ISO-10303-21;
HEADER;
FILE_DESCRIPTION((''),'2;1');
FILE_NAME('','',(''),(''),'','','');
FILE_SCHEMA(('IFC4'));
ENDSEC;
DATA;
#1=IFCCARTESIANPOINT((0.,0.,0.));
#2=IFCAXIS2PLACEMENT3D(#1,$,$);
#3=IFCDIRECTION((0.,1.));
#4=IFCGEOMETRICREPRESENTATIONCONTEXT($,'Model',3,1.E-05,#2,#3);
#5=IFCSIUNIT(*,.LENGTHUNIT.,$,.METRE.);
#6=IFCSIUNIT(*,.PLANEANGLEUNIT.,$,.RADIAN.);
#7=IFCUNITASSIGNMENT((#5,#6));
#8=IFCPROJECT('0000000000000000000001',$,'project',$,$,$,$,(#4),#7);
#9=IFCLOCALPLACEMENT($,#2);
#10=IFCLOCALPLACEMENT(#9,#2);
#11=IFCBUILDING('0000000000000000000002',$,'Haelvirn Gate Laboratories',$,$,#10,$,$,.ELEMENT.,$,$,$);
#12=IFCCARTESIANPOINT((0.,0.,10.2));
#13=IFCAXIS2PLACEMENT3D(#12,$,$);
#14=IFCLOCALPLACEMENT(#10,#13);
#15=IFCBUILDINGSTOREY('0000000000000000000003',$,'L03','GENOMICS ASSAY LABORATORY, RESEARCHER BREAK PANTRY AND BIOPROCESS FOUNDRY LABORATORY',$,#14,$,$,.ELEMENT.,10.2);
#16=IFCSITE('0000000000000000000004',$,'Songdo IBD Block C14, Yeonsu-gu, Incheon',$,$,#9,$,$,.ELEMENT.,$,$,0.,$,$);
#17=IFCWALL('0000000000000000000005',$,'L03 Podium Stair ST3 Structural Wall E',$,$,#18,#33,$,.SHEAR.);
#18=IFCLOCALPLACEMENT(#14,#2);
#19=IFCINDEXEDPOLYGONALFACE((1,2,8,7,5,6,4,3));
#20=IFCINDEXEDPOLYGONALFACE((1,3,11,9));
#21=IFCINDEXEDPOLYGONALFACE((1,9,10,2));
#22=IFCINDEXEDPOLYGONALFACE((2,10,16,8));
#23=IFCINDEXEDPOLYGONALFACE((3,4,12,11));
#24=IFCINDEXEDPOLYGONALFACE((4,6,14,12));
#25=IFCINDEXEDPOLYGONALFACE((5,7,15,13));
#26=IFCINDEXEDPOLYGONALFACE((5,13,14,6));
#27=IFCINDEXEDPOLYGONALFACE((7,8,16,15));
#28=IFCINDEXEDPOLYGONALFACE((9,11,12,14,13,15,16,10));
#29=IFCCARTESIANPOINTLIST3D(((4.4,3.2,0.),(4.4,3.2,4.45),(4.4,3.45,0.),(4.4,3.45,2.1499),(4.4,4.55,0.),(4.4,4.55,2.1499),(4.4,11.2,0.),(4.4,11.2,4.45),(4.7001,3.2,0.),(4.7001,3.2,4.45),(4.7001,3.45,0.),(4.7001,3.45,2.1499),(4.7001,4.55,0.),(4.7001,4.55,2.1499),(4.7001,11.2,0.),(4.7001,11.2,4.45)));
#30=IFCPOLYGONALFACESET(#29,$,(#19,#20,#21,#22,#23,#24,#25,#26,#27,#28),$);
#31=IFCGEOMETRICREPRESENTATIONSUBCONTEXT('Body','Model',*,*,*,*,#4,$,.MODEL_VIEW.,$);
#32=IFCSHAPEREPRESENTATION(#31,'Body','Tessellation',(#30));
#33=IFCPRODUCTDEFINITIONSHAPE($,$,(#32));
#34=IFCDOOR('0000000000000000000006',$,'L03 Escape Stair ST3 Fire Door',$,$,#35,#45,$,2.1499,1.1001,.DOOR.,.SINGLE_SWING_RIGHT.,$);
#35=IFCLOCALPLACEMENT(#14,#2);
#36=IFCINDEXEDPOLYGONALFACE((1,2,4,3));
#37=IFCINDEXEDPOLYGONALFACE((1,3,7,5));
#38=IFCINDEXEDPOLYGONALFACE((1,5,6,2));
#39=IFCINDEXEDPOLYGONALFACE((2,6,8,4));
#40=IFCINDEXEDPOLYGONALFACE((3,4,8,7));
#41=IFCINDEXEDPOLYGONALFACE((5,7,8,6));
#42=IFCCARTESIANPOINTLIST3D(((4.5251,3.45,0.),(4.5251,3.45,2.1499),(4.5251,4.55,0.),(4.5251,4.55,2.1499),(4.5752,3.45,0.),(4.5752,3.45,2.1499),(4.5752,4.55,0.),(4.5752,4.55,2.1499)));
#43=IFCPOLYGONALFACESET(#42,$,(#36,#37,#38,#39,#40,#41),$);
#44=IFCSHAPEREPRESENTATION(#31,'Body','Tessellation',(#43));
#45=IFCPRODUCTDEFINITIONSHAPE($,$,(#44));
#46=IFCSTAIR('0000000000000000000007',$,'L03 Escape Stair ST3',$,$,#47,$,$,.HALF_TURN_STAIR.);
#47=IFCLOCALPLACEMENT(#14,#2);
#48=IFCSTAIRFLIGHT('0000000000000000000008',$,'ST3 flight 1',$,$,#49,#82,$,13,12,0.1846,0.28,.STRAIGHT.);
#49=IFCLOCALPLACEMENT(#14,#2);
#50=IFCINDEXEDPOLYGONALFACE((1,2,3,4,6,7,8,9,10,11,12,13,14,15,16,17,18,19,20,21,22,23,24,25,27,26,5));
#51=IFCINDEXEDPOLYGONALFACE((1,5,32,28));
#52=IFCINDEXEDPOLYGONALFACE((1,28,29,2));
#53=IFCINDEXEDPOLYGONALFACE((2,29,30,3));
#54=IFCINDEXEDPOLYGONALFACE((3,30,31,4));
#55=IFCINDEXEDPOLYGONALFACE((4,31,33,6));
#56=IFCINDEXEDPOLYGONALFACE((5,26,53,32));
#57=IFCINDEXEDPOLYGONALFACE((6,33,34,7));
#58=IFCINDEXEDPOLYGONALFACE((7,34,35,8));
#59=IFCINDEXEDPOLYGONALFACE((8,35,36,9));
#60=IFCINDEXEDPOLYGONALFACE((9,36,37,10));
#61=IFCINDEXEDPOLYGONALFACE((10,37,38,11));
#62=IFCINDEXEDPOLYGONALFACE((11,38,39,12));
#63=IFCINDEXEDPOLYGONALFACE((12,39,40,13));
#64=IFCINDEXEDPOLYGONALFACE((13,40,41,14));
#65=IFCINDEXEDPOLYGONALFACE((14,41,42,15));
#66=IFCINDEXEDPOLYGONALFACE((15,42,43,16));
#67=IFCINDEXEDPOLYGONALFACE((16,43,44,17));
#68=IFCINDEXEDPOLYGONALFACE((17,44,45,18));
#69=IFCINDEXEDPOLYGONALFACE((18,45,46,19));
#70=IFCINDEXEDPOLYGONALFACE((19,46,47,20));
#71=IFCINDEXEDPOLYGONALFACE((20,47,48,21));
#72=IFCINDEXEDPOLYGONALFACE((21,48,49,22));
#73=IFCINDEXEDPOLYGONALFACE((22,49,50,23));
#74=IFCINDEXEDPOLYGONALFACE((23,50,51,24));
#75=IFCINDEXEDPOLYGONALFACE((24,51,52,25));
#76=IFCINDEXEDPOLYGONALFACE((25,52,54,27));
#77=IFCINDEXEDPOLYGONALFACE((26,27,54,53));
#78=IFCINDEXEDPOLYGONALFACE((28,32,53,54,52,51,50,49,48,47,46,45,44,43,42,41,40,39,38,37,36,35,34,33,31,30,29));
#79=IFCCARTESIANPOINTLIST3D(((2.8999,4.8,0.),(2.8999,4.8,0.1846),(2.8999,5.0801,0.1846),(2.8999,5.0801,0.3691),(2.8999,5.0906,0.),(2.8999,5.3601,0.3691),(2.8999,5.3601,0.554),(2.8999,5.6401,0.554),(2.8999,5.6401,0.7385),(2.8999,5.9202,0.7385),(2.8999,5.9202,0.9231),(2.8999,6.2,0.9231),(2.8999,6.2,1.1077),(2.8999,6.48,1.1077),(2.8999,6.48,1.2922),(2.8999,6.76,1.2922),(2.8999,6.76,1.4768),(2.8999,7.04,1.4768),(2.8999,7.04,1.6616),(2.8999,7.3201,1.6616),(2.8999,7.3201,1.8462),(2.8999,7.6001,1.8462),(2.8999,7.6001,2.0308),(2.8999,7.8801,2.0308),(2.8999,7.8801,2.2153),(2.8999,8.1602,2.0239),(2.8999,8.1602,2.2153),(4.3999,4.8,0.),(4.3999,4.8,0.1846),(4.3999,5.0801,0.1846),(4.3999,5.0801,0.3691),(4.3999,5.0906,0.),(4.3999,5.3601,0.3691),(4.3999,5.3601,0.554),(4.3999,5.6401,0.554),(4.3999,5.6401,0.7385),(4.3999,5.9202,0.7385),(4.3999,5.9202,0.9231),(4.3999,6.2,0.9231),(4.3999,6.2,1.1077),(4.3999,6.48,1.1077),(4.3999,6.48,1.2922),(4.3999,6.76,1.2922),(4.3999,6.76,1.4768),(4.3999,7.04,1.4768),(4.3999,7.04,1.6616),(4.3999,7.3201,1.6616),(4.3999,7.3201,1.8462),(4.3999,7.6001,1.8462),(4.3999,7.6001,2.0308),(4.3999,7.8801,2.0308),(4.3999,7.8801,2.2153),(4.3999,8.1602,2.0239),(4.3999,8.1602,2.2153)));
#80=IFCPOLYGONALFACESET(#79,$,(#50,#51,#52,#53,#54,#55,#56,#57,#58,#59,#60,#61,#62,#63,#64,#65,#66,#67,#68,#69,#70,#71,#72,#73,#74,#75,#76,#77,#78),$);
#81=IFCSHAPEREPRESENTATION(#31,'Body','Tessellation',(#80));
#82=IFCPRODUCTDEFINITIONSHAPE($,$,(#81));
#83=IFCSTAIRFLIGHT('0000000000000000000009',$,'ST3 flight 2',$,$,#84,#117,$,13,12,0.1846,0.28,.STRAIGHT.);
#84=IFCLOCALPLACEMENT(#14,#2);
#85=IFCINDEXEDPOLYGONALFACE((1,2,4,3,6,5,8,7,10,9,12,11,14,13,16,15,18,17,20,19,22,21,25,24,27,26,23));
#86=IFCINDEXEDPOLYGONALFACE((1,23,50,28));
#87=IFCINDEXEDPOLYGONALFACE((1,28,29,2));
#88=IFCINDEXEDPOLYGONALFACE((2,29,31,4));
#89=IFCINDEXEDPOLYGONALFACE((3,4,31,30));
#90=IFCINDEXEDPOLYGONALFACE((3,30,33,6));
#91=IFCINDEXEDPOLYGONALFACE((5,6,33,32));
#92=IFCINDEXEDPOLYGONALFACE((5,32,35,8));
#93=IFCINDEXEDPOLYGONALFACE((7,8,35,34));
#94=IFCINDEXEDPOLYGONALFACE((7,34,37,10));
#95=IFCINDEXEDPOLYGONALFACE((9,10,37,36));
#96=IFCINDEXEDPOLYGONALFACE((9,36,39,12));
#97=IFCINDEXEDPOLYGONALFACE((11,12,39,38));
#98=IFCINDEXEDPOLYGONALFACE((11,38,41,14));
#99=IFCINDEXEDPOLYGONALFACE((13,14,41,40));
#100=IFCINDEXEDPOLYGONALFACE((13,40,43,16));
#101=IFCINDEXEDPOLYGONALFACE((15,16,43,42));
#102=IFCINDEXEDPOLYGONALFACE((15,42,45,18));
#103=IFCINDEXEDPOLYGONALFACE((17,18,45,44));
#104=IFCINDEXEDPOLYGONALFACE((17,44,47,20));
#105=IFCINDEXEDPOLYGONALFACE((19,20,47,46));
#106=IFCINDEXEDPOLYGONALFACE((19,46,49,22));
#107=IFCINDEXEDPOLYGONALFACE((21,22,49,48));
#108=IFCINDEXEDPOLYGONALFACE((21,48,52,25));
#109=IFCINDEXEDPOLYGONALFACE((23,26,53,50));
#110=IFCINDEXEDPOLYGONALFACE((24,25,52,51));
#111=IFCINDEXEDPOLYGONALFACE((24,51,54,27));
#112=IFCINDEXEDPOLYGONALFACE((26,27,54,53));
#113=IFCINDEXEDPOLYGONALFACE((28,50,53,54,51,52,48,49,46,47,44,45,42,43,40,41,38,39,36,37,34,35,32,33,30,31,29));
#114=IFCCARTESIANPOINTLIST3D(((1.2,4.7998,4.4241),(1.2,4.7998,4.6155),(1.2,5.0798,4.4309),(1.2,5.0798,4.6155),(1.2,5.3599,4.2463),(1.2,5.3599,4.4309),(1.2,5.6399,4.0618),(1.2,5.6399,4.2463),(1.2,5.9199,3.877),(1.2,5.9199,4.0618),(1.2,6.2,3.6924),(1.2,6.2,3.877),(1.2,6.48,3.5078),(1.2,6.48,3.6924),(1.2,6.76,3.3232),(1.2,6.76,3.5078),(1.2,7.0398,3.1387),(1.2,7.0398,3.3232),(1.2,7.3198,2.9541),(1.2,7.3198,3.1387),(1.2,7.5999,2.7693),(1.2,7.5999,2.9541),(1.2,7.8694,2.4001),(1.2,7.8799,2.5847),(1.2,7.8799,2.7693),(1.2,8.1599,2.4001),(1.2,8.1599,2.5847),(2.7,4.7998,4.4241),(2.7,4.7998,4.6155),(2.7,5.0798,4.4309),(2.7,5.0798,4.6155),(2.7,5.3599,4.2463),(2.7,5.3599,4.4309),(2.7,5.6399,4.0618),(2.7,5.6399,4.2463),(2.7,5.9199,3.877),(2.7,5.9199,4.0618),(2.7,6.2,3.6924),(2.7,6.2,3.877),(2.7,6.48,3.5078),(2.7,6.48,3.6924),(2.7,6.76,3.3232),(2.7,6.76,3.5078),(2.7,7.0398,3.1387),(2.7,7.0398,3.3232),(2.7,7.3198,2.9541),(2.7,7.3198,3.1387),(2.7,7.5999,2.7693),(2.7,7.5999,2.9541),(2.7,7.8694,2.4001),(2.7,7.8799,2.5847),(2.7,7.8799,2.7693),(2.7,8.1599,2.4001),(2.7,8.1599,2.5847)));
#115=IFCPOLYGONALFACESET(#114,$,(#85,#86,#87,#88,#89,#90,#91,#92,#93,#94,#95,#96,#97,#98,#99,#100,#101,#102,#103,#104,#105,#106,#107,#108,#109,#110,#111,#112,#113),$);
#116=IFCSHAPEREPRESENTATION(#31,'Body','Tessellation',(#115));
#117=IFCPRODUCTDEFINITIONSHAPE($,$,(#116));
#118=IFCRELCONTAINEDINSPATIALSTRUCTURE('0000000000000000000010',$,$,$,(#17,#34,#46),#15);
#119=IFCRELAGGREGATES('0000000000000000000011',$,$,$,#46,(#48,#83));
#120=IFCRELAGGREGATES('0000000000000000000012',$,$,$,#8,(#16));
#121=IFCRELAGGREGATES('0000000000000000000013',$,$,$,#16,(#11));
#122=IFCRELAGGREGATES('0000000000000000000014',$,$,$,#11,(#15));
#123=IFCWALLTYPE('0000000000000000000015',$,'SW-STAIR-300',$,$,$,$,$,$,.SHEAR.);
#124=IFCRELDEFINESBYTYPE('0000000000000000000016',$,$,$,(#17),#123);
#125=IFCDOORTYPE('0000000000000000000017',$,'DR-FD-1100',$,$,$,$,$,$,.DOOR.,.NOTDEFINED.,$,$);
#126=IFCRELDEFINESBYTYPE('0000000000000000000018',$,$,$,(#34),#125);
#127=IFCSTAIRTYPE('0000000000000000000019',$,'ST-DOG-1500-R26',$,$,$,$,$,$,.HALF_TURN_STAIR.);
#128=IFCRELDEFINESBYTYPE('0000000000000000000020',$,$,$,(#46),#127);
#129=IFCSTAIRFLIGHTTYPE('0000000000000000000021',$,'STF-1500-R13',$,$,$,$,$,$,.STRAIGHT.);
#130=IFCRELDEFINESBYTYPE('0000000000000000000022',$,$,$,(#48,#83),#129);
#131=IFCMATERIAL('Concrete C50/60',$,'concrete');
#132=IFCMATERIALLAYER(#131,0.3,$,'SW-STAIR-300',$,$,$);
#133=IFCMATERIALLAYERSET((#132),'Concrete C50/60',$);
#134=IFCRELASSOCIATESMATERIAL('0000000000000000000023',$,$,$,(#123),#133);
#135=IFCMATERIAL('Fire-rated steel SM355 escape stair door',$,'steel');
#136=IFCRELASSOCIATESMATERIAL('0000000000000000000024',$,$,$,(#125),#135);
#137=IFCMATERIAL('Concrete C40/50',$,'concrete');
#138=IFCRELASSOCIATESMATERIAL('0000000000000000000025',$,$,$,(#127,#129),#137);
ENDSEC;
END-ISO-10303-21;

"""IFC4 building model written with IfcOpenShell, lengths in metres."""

from ifc_helpers import new_model, si_unit, direction, frame, frame_2d, origin, place, context, subcontext, project, spatial, polyline, rectangle, outline, extrude, source, transform, mapped, material, layer, layer_set, type_object, type_shapes, element, fill, aggregate, save


model = new_model("IFC4")

# Units and contexts
model_context = context("Model", 3, precision=1e-05, world=origin(), true_north=direction((0.0, 1.0)))
body_context = subcontext(model_context, "Body", "Model", "MODEL_VIEW")
ifc_project = project(units=[si_unit("LENGTHUNIT", "METRE"), si_unit("PLANEANGLEUNIT", "RADIAN")], contexts=[model_context])

# Site, building, storey
site_placement = place(None, origin())
site = spatial("IfcSite", under=ifc_project, at=site_placement, Name="Songdo IBD Block C14, Yeonsu-gu, Incheon", CompositionType="ELEMENT", RefElevation=0.0)
building_placement = place(site_placement, origin())
building = spatial("IfcBuilding", under=site, at=building_placement, Name="Haelvirn Gate Laboratories", CompositionType="ELEMENT")
storey_placement = place(building_placement, frame((0.0, 0.0, 10.2)))
storey = spatial("IfcBuildingStorey", under=building, at=storey_placement, Name="L03", Description="GENOMICS ASSAY LABORATORY, RESEARCHER BREAK PANTRY AND BIOPROCESS FOUNDRY LABORATORY", CompositionType="ELEMENT", Elevation=10.2)

# Shared definitions
ifc_material_1 = material(Name="Concrete C50/60", Category="concrete")
ifc_layer_1 = layer(ifc_material_1, 0.3, Name="SW-STAIR-300")
ifc_layer_set_1 = layer_set([ifc_layer_1], Name="Concrete C50/60")
wall_type = type_object("IfcWallType", Name="SW-STAIR-300", PredefinedType="SHEAR", material=ifc_layer_set_1)

# Wall, opening, door
wall_1_placement = place(storey_placement, frame((4.55, 3.2, 0.0), z_axis=(0.0, 0.0, 1.0), x_axis=(0.0, 1.0, 0.0)))
wall_1 = element("IfcWall", 1, at=wall_1_placement, inside=storey, type_object=wall_type, Name="L03 Podium Stair ST3 Structural Wall E", PredefinedType="SHEAR", context=body_context, shape_type="SweptSolid", body=[
    extrude(rectangle(XDim=8.0, YDim=0.3, at=frame_2d((4.0, 0.0))), origin(), (0.0, 0.0, 1.0), 4.45),
])
opening_placement = place(wall_1_placement, frame((0.25, 0.0, 0.0)))
opening = element("IfcOpeningElement", 2, at=opening_placement, cuts=wall_1, PredefinedType="OPENING", context=body_context, shape_type="SweptSolid", body=[
    extrude(rectangle(XDim=1.1001, YDim=2.1499, at=frame_2d((0.55, 1.075))), frame((0.0, 0.1602, 0.0), z_axis=(0.0, -1.0, 0.0), x_axis=(1.0, 0.0, 0.0)), (0.0, 0.0, 1.0), 0.3201),
])
ifc_material_2 = material(Name="Fire-rated steel SM355 escape stair door", Category="steel")
door_type = type_object("IfcDoorType", Name="DR-FD-1100", OperationType="NOTDEFINED", PredefinedType="DOOR", material=ifc_material_2)
shared_shape_1 = source(origin(), body_context, "Body", "SweptSolid", [
    extrude(rectangle(XDim=1.1001, YDim=2.1499, at=frame_2d((0.55, 1.075))), frame((0.0, 0.0249, 0.0), z_axis=(0.0, -1.0, 0.0), x_axis=(1.0, 0.0, 0.0)), (0.0, 0.0, 1.0), 0.05),
])
type_shapes(door_type, [shared_shape_1])
door_placement = place(opening_placement, origin())
door = element("IfcDoor", 3, at=door_placement, inside=storey, type_object=door_type, Name="L03 Escape Stair ST3 Fire Door", OperationType="SINGLE_SWING_RIGHT", OverallHeight=2.1499, OverallWidth=1.1001, PredefinedType="DOOR", context=body_context, shape_type="MappedRepresentation", body=[
    mapped(shared_shape_1, transform((0.0, 0.0, 0.0), scale=1.0)),
])
fill(opening, door)

# Stair, stair flights
ifc_material_3 = material(Name="Concrete C40/50", Category="concrete")
stair_type = type_object("IfcStairType", Name="ST-DOG-1500-R26", PredefinedType="HALF_TURN_STAIR", material=ifc_material_3)
stair_placement = place(storey_placement, origin())
stair = element("IfcStair", 4, at=stair_placement, inside=storey, type_object=stair_type, Name="L03 Escape Stair ST3", PredefinedType="HALF_TURN_STAIR")
stair_flight_type = type_object("IfcStairFlightType", Name="STF-1500-R13", PredefinedType="STRAIGHT", material=ifc_material_3)
shared_shape_2 = source(origin(), body_context, "Body", "SweptSolid", [
    extrude(outline(polyline([(0.0, 0.0), (0.0, 0.1846), (0.28, 0.1846), (0.28, 0.3691), (0.5601, 0.3691), (0.5601, 0.554), (0.8401, 0.554), (0.8401, 0.7385), (1.1201, 0.7385), (1.1201, 0.9231), (1.3999, 0.9231), (1.3999, 1.1077), (1.6799, 1.1077), (1.6799, 1.2922), (1.96, 1.2922), (1.96, 1.4768), (2.24, 1.4768), (2.24, 1.6616), (2.52, 1.6616), (2.52, 1.8462), (2.8, 1.8462), (2.8, 2.0308), (3.0801, 2.0308), (3.0801, 2.2153), (3.3601, 2.2153), (3.3601, 2.3999), (3.3601, 2.0239), (0.2905, 0.0), (0.0, 0.0)])), frame((0.0, 0.75, 0.0), z_axis=(0.0, -1.0, 0.0), x_axis=(1.0, 0.0, 0.0)), (0.0, 0.0, 1.0), 1.5),
])
type_shapes(stair_flight_type, [shared_shape_2])
stair_flight_1_placement = place(storey_placement, frame((3.6499, 4.8, 0.0), z_axis=(0.0, 0.0, 1.0), x_axis=(0.0, 1.0, 0.0)))
stair_flight_1 = element("IfcStairFlight", 5, at=stair_flight_1_placement, type_object=stair_flight_type, Name="ST3 flight 1", NumberOfRisers=13, NumberOfTreads=12, PredefinedType="STRAIGHT", RiserHeight=0.1846, TreadLength=0.28, context=body_context, shape_type="MappedRepresentation", body=[
    mapped(shared_shape_2, transform((0.0, 0.0, 0.0), scale=1.0)),
])
stair_flight_2_placement = place(storey_placement, frame((1.95, 8.1599, 2.4001), z_axis=(0.0, 0.0, 1.0), x_axis=(0.0, -1.0, 0.0)))
stair_flight_2 = element("IfcStairFlight", 6, at=stair_flight_2_placement, type_object=stair_flight_type, Name="ST3 flight 2", NumberOfRisers=13, NumberOfTreads=12, PredefinedType="STRAIGHT", RiserHeight=0.1846, TreadLength=0.28, context=body_context, shape_type="MappedRepresentation", body=[
    mapped(shared_shape_2, transform((0.0, 0.0, 0.0), scale=1.0)),
])
aggregate(stair, [stair_flight_1, stair_flight_2])

save(model, "model.ifc")
